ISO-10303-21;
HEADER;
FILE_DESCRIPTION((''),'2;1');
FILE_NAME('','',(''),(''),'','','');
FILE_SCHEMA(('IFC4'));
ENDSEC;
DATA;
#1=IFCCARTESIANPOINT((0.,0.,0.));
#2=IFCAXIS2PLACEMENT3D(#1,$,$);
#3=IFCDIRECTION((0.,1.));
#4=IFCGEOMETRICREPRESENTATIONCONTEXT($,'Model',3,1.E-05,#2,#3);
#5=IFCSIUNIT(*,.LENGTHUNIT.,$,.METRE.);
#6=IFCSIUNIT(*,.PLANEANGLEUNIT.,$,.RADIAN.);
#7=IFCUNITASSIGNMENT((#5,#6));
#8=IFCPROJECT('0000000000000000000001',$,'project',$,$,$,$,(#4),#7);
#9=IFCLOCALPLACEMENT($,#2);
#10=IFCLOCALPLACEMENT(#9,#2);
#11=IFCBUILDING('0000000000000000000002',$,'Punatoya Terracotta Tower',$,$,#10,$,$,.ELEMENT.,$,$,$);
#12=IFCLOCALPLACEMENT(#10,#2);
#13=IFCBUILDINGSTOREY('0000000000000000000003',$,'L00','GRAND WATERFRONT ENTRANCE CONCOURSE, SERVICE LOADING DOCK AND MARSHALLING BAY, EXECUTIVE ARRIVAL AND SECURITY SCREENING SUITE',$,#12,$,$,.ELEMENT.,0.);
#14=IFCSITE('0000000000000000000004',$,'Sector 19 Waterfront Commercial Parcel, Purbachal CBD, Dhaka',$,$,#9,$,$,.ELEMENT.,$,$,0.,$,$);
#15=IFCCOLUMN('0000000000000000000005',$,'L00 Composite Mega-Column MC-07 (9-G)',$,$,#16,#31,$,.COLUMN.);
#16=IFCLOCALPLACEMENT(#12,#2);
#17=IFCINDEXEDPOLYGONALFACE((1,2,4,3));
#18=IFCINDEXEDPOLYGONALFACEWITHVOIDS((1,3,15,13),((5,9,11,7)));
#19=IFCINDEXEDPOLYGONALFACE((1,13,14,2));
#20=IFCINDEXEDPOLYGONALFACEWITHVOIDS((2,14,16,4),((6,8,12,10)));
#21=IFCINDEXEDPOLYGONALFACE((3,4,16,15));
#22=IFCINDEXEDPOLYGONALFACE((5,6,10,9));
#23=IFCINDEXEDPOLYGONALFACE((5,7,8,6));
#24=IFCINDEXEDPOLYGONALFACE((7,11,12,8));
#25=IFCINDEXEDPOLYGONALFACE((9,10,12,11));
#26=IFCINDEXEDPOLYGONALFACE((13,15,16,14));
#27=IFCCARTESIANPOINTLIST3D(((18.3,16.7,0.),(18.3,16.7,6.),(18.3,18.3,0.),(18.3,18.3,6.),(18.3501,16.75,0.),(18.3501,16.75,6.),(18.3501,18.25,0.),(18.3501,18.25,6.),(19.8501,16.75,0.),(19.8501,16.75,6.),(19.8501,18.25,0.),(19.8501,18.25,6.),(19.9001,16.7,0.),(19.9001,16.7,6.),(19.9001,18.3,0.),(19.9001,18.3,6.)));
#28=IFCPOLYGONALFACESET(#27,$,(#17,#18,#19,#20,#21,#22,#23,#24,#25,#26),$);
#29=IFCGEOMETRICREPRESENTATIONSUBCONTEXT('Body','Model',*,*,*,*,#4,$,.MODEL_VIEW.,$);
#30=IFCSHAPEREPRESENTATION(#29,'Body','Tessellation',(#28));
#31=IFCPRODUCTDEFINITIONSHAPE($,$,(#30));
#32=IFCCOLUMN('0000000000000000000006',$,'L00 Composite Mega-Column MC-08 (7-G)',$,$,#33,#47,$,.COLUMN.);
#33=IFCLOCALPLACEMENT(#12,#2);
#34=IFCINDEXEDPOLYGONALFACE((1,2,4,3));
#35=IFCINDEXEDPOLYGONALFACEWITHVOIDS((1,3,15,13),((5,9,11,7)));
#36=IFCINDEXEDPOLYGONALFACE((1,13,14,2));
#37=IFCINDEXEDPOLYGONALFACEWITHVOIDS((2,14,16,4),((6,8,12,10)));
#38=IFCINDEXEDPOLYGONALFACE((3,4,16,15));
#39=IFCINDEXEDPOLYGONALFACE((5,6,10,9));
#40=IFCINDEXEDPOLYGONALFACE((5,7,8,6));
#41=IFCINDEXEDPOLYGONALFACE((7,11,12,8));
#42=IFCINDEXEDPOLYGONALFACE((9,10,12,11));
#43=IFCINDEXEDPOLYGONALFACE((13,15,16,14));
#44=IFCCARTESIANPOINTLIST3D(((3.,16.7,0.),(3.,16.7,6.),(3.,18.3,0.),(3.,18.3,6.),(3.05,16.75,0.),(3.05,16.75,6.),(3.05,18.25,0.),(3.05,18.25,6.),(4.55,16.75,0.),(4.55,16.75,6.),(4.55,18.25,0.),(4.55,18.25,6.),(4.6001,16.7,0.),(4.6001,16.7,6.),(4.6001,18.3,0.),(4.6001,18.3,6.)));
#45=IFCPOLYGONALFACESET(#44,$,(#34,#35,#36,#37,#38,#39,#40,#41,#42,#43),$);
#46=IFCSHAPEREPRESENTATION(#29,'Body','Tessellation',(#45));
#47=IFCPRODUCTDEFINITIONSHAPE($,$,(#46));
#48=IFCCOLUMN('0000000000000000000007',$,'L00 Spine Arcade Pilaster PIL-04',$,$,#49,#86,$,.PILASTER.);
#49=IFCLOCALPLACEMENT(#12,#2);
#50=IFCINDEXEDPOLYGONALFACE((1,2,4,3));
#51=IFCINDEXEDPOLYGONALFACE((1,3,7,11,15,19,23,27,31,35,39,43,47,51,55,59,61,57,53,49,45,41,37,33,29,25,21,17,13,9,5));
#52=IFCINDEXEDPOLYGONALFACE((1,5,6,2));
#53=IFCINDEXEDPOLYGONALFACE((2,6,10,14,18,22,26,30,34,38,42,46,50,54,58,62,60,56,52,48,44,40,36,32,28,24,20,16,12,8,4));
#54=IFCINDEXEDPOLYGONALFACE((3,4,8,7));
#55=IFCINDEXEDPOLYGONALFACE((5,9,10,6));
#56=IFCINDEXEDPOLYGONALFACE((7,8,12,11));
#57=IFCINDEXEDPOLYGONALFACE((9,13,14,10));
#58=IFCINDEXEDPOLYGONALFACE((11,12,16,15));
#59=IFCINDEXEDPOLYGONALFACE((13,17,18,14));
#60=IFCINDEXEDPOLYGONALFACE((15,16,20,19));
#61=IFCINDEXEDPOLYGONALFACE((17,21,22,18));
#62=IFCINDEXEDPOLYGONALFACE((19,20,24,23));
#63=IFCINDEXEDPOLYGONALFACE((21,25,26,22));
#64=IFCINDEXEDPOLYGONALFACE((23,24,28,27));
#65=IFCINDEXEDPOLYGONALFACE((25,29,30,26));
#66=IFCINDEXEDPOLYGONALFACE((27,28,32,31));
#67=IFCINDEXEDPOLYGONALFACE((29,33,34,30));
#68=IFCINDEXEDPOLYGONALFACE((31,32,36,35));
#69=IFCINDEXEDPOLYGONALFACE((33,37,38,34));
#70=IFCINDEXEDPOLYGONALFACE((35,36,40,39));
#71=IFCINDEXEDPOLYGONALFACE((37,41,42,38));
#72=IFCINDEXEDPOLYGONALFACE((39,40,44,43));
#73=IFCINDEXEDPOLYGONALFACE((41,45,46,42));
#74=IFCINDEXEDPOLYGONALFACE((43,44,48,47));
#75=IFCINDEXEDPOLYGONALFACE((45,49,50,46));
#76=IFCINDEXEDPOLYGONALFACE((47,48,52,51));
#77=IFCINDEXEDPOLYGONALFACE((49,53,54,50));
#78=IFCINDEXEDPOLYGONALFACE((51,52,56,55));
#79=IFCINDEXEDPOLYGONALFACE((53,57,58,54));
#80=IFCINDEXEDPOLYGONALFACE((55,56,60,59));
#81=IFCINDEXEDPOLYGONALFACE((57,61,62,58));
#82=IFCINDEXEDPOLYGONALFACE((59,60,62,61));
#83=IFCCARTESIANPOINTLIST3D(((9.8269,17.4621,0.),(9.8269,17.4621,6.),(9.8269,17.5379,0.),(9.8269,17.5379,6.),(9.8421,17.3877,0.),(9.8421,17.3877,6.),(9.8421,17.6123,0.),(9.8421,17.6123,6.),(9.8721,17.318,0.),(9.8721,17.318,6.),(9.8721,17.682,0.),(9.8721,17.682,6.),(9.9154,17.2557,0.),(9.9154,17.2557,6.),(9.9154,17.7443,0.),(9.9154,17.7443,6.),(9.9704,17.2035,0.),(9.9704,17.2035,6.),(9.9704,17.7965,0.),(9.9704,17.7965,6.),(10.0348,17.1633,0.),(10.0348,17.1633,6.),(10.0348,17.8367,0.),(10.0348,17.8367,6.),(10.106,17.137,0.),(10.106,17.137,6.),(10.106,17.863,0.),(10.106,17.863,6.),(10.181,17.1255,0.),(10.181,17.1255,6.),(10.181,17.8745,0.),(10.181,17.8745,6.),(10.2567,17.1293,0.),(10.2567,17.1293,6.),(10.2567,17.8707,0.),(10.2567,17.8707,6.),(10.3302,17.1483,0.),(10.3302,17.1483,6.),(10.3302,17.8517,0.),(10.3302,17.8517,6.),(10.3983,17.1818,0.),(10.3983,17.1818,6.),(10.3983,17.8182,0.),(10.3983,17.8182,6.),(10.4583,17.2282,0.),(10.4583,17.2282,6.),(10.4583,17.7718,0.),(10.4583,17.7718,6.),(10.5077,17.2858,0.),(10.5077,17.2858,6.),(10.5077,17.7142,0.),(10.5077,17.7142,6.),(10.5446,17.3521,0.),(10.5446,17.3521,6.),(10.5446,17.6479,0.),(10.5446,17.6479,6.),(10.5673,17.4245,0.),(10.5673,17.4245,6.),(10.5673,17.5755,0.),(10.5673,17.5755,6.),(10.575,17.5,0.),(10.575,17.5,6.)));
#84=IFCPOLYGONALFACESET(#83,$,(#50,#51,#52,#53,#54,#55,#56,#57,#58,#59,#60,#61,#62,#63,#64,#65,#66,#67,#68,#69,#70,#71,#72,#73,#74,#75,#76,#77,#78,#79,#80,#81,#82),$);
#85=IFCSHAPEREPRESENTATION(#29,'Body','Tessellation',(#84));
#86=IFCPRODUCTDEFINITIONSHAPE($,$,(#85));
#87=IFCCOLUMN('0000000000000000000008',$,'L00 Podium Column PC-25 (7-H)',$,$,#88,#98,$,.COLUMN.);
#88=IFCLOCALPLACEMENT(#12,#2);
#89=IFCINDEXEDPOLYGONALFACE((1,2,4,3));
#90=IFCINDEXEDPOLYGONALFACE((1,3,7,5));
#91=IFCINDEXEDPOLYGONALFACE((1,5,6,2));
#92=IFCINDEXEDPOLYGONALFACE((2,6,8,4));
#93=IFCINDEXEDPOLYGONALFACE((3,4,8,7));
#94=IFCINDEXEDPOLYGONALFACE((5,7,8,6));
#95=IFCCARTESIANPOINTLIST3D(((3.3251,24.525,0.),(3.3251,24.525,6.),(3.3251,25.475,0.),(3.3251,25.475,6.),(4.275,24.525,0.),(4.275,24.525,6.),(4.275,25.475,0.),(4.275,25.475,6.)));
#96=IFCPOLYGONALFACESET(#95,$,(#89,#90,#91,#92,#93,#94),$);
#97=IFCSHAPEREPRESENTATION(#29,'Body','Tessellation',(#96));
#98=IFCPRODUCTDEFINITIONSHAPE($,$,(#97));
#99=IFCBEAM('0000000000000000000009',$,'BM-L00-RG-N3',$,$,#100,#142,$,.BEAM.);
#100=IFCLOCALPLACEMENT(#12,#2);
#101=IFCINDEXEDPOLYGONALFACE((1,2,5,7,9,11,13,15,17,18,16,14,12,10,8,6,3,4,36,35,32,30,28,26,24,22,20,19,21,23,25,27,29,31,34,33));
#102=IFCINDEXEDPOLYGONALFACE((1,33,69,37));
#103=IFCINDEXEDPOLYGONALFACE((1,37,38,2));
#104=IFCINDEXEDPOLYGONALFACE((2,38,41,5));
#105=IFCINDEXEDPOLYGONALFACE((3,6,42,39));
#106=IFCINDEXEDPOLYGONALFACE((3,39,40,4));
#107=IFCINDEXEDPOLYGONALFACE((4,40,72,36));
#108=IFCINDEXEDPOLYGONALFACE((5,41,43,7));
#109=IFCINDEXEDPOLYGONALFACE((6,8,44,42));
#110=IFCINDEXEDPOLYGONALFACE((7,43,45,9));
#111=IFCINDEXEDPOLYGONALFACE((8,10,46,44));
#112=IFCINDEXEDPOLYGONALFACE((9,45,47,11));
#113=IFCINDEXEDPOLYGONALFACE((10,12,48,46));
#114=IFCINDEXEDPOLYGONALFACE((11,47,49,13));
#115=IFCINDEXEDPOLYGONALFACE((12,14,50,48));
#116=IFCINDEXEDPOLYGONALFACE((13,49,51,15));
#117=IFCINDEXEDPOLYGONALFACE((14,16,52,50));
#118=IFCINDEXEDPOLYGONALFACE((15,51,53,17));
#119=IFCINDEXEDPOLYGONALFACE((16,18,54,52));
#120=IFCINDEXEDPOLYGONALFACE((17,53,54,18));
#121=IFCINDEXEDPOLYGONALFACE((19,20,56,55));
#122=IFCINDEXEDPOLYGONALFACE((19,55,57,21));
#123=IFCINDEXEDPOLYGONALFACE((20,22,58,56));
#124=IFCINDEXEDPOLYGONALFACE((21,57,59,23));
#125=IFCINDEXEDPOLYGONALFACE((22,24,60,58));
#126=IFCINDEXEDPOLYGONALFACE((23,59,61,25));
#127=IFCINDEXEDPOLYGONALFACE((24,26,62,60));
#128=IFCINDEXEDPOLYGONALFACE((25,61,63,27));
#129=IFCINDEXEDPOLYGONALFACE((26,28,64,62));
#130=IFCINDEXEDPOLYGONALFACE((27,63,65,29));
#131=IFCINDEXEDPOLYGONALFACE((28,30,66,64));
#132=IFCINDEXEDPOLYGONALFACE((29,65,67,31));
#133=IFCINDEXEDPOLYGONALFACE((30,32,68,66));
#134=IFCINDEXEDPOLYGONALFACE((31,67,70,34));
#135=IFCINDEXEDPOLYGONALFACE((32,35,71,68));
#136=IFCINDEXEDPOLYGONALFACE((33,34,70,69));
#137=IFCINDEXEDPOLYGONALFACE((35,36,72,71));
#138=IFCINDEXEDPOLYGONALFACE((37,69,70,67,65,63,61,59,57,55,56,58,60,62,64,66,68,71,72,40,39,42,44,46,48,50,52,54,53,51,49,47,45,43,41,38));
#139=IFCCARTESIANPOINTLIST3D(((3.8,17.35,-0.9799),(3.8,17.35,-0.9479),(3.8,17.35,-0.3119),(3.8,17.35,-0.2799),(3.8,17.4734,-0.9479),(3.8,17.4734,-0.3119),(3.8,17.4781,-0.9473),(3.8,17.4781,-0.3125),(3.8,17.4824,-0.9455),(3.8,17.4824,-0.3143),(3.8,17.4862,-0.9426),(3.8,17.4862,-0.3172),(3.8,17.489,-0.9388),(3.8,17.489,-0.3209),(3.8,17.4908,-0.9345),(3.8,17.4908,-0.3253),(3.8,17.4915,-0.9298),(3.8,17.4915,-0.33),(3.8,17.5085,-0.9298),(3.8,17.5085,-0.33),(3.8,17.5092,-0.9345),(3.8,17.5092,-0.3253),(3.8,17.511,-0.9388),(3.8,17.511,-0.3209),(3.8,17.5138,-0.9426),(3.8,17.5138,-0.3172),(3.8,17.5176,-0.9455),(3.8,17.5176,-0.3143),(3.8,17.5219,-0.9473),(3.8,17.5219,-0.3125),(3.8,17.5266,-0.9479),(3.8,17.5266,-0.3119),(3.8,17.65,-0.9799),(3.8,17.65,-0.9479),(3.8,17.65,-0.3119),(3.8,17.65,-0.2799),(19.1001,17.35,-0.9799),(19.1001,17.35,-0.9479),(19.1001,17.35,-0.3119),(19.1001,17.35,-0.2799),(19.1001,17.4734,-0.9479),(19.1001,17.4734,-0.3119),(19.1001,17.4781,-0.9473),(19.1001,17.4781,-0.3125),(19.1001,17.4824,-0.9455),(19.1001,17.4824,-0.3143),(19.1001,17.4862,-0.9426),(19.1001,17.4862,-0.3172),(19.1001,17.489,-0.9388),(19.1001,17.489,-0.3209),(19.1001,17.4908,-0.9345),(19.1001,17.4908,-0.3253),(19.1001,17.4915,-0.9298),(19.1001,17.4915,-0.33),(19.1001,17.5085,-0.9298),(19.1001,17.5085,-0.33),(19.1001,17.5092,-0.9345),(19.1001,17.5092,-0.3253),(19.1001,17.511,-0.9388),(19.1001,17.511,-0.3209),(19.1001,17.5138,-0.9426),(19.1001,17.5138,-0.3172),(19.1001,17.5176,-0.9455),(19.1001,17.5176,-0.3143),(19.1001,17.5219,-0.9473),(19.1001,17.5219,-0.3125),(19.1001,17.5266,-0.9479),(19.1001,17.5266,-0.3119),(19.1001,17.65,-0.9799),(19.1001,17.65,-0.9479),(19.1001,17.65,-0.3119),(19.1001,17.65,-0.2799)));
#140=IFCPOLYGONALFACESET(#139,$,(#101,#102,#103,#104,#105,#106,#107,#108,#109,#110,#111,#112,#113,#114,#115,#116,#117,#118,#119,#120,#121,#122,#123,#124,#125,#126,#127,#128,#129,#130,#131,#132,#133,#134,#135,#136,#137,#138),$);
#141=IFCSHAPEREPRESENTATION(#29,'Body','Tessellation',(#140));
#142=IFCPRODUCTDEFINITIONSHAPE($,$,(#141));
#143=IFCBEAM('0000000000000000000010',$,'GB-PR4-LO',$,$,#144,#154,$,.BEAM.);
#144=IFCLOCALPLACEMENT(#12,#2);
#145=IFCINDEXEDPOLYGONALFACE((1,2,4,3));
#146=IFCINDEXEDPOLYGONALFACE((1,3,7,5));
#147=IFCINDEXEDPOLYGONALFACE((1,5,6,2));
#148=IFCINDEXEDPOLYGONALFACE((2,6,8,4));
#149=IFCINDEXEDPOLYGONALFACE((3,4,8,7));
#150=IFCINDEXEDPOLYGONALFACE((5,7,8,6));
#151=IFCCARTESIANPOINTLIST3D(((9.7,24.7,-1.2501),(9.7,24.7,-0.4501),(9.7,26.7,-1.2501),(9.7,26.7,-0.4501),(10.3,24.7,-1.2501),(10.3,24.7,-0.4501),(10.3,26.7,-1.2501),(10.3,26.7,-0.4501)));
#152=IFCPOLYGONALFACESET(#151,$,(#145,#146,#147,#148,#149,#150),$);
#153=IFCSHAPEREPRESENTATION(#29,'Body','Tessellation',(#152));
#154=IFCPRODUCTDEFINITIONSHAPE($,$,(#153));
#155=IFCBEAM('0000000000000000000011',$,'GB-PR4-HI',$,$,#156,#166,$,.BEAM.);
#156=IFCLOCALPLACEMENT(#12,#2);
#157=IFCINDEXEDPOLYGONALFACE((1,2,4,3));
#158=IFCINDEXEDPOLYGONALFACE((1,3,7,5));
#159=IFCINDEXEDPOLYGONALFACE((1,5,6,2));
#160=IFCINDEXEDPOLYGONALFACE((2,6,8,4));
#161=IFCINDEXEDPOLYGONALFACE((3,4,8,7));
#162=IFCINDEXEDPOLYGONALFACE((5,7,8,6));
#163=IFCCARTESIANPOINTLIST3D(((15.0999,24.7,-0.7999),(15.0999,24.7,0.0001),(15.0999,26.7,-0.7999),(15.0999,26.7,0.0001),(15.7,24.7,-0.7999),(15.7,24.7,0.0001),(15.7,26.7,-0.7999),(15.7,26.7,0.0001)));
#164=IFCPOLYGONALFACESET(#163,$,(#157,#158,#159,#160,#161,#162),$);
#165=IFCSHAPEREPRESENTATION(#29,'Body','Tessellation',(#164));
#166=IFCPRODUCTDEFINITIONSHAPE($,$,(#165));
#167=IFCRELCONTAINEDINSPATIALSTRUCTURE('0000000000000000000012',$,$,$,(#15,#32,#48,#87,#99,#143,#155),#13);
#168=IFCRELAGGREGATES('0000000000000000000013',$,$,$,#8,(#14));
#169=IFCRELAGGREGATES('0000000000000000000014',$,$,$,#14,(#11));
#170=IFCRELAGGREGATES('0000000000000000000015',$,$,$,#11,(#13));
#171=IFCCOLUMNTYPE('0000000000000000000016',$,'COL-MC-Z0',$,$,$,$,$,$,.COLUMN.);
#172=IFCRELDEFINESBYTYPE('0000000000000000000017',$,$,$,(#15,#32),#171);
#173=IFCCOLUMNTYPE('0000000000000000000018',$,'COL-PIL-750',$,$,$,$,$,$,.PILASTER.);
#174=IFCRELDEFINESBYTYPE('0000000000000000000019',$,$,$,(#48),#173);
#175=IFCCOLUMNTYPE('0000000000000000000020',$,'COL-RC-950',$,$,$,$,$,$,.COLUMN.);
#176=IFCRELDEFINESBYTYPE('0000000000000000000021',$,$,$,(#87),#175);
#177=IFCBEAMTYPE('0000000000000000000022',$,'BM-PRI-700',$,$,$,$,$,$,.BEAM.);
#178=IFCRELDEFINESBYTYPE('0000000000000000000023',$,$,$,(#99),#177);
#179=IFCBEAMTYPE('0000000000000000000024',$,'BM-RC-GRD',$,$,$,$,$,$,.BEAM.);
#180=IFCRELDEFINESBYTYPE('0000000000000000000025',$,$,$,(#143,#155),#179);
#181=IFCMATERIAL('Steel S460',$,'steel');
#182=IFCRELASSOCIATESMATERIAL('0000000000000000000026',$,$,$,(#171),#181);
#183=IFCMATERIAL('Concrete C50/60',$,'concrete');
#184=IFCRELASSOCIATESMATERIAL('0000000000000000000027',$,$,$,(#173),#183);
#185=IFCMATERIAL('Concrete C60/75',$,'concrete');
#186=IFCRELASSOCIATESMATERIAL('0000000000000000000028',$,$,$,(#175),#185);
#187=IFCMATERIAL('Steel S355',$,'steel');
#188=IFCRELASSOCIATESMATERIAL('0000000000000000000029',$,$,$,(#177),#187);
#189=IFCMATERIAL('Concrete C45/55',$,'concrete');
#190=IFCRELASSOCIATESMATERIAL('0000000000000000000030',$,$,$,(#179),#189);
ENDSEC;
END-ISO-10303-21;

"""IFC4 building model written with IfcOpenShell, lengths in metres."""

from ifc_helpers import new_model, si_unit, direction, frame, origin, origin_2d, place, context, subcontext, project, spatial, rectangle, hollow_rectangle, circle, i_section, extrude, material, material_profile, profile_set, type_object, element, save


model = new_model("IFC4")

# Units and contexts
model_context = context("Model", 3, precision=1e-05, world=origin(), true_north=direction((0.0, 1.0)))
body_context = subcontext(model_context, "Body", "Model", "MODEL_VIEW")
ifc_project = project(units=[si_unit("LENGTHUNIT", "METRE"), si_unit("PLANEANGLEUNIT", "RADIAN")], contexts=[model_context])

# Site, building, storey
site_placement = place(None, origin())
site = spatial("IfcSite", under=ifc_project, at=site_placement, Name="Sector 19 Waterfront Commercial Parcel, Purbachal CBD, Dhaka", CompositionType="ELEMENT", RefElevation=0.0)
building_placement = place(site_placement, origin())
building = spatial("IfcBuilding", under=site, at=building_placement, Name="Punatoya Terracotta Tower", CompositionType="ELEMENT")
storey_placement = place(building_placement, origin())
storey = spatial("IfcBuildingStorey", under=building, at=storey_placement, Name="L00", Description="GRAND WATERFRONT ENTRANCE CONCOURSE, SERVICE LOADING DOCK AND MARSHALLING BAY, EXECUTIVE ARRIVAL AND SECURITY SCREENING SUITE", CompositionType="ELEMENT", Elevation=0.0)

# Columns
ifc_material_1 = material(Name="Steel S460", Category="steel")
ifc_material_profile_1 = material_profile(ifc_material_1, hollow_rectangle(XDim=1.6001, YDim=1.6001, WallThickness=0.05, at=origin_2d()))
ifc_profile_set_1 = profile_set([ifc_material_profile_1], Name="Steel S460")
column_type_1 = type_object("IfcColumnType", Name="COL-MC-Z0", PredefinedType="COLUMN", material=ifc_profile_set_1)
for number, where, z_axis, x_axis, name in (
    (1, (19.1001, 17.5, 0.0), (0.0, 0.0, 1.0), (1.0, 0.0, 0.0), "L00 Composite Mega-Column MC-07 (9-G)"),
    (2, (3.8, 17.5, 0.0), (0.0, 0.0, 1.0), (1.0, 0.0, 0.0), "L00 Composite Mega-Column MC-08 (7-G)"),
):
    element("IfcColumn", number, at=place(storey_placement, frame(where, z_axis=z_axis, x_axis=x_axis)), inside=storey, type_object=column_type_1, Name=name, PredefinedType="COLUMN", context=body_context, shape_type="SweptSolid", body=[
        extrude(hollow_rectangle(XDim=1.6001, YDim=1.6001, WallThickness=0.05, at=origin_2d()), origin(), (0.0, 0.0, 1.0), 6.0),
    ])
ifc_material_2 = material(Name="Concrete C50/60", Category="concrete")
ifc_material_profile_2 = material_profile(ifc_material_2, circle(Radius=0.375, at=origin_2d()))
ifc_profile_set_2 = profile_set([ifc_material_profile_2], Name="Concrete C50/60")
column_type_2 = type_object("IfcColumnType", Name="COL-PIL-750", PredefinedType="PILASTER", material=ifc_profile_set_2)
column_1_placement = place(storey_placement, frame((10.2, 17.5, 0.0), z_axis=(0.0, 0.0, 1.0), x_axis=(1.0, 0.0, 0.0)))
element("IfcColumn", 3, at=column_1_placement, inside=storey, type_object=column_type_2, Name="L00 Spine Arcade Pilaster PIL-04", PredefinedType="PILASTER", context=body_context, shape_type="SweptSolid", body=[
    extrude(circle(Radius=0.375, at=origin_2d()), origin(), (0.0, 0.0, 1.0), 6.0),
])
ifc_material_3 = material(Name="Concrete C60/75", Category="concrete")
ifc_material_profile_3 = material_profile(ifc_material_3, rectangle(XDim=0.95, YDim=0.95, at=origin_2d()))
ifc_profile_set_3 = profile_set([ifc_material_profile_3], Name="Concrete C60/75")
column_type_3 = type_object("IfcColumnType", Name="COL-RC-950", PredefinedType="COLUMN", material=ifc_profile_set_3)
column_2_placement = place(storey_placement, frame((3.8, 25.0, 0.0), z_axis=(0.0, 0.0, 1.0), x_axis=(1.0, 0.0, 0.0)))
element("IfcColumn", 4, at=column_2_placement, inside=storey, type_object=column_type_3, Name="L00 Podium Column PC-25 (7-H)", PredefinedType="COLUMN", context=body_context, shape_type="SweptSolid", body=[
    extrude(rectangle(XDim=0.95, YDim=0.95, at=origin_2d()), origin(), (0.0, 0.0, 1.0), 6.0),
])

# Beams
ifc_material_4 = material(Name="Steel S355", Category="steel")
ifc_material_profile_4 = material_profile(ifc_material_4, i_section(OverallWidth=0.3, OverallDepth=0.7, WebThickness=0.0171, FlangeThickness=0.032, FilletRadius=0.0181, at=origin_2d()))
ifc_profile_set_4 = profile_set([ifc_material_profile_4], Name="Steel S355")
beam_type_1 = type_object("IfcBeamType", Name="BM-PRI-700", PredefinedType="BEAM", material=ifc_profile_set_4)
beam_1_placement = place(storey_placement, frame((3.8, 17.5, -0.6299), z_axis=(1.0, 0.0, 0.0), x_axis=(0.0, 1.0, 0.0)))
element("IfcBeam", 5, at=beam_1_placement, inside=storey, type_object=beam_type_1, Name="BM-L00-RG-N3", PredefinedType="BEAM", context=body_context, shape_type="SweptSolid", body=[
    extrude(i_section(OverallWidth=0.3, OverallDepth=0.7, WebThickness=0.0171, FlangeThickness=0.032, FilletRadius=0.0181, at=origin_2d()), origin(), (0.0, 0.0, 1.0), 15.3),
])
ifc_material_5 = material(Name="Concrete C45/55", Category="concrete")
ifc_material_profile_5 = material_profile(ifc_material_5, rectangle(XDim=0.6001, YDim=0.8, at=origin_2d()))
ifc_profile_set_5 = profile_set([ifc_material_profile_5], Name="Concrete C45/55")
beam_type_2 = type_object("IfcBeamType", Name="BM-RC-GRD", PredefinedType="BEAM", material=ifc_profile_set_5)
for number, where, z_axis, x_axis, name in (
    (6, (10.0, 24.7, -0.8501), (0.0, 1.0, 0.0), (-1.0, 0.0, 0.0), "GB-PR4-LO"),
    (7, (15.3999, 24.7, -0.3999), (0.0, 1.0, 0.0), (-1.0, 0.0, 0.0), "GB-PR4-HI"),
):
    element("IfcBeam", number, at=place(storey_placement, frame(where, z_axis=z_axis, x_axis=x_axis)), inside=storey, type_object=beam_type_2, Name=name, PredefinedType="BEAM", context=body_context, shape_type="SweptSolid", body=[
        extrude(rectangle(XDim=0.6001, YDim=0.8, at=origin_2d()), origin(), (0.0, 0.0, 1.0), 2.0),
    ])

save(model, "model.ifc")
